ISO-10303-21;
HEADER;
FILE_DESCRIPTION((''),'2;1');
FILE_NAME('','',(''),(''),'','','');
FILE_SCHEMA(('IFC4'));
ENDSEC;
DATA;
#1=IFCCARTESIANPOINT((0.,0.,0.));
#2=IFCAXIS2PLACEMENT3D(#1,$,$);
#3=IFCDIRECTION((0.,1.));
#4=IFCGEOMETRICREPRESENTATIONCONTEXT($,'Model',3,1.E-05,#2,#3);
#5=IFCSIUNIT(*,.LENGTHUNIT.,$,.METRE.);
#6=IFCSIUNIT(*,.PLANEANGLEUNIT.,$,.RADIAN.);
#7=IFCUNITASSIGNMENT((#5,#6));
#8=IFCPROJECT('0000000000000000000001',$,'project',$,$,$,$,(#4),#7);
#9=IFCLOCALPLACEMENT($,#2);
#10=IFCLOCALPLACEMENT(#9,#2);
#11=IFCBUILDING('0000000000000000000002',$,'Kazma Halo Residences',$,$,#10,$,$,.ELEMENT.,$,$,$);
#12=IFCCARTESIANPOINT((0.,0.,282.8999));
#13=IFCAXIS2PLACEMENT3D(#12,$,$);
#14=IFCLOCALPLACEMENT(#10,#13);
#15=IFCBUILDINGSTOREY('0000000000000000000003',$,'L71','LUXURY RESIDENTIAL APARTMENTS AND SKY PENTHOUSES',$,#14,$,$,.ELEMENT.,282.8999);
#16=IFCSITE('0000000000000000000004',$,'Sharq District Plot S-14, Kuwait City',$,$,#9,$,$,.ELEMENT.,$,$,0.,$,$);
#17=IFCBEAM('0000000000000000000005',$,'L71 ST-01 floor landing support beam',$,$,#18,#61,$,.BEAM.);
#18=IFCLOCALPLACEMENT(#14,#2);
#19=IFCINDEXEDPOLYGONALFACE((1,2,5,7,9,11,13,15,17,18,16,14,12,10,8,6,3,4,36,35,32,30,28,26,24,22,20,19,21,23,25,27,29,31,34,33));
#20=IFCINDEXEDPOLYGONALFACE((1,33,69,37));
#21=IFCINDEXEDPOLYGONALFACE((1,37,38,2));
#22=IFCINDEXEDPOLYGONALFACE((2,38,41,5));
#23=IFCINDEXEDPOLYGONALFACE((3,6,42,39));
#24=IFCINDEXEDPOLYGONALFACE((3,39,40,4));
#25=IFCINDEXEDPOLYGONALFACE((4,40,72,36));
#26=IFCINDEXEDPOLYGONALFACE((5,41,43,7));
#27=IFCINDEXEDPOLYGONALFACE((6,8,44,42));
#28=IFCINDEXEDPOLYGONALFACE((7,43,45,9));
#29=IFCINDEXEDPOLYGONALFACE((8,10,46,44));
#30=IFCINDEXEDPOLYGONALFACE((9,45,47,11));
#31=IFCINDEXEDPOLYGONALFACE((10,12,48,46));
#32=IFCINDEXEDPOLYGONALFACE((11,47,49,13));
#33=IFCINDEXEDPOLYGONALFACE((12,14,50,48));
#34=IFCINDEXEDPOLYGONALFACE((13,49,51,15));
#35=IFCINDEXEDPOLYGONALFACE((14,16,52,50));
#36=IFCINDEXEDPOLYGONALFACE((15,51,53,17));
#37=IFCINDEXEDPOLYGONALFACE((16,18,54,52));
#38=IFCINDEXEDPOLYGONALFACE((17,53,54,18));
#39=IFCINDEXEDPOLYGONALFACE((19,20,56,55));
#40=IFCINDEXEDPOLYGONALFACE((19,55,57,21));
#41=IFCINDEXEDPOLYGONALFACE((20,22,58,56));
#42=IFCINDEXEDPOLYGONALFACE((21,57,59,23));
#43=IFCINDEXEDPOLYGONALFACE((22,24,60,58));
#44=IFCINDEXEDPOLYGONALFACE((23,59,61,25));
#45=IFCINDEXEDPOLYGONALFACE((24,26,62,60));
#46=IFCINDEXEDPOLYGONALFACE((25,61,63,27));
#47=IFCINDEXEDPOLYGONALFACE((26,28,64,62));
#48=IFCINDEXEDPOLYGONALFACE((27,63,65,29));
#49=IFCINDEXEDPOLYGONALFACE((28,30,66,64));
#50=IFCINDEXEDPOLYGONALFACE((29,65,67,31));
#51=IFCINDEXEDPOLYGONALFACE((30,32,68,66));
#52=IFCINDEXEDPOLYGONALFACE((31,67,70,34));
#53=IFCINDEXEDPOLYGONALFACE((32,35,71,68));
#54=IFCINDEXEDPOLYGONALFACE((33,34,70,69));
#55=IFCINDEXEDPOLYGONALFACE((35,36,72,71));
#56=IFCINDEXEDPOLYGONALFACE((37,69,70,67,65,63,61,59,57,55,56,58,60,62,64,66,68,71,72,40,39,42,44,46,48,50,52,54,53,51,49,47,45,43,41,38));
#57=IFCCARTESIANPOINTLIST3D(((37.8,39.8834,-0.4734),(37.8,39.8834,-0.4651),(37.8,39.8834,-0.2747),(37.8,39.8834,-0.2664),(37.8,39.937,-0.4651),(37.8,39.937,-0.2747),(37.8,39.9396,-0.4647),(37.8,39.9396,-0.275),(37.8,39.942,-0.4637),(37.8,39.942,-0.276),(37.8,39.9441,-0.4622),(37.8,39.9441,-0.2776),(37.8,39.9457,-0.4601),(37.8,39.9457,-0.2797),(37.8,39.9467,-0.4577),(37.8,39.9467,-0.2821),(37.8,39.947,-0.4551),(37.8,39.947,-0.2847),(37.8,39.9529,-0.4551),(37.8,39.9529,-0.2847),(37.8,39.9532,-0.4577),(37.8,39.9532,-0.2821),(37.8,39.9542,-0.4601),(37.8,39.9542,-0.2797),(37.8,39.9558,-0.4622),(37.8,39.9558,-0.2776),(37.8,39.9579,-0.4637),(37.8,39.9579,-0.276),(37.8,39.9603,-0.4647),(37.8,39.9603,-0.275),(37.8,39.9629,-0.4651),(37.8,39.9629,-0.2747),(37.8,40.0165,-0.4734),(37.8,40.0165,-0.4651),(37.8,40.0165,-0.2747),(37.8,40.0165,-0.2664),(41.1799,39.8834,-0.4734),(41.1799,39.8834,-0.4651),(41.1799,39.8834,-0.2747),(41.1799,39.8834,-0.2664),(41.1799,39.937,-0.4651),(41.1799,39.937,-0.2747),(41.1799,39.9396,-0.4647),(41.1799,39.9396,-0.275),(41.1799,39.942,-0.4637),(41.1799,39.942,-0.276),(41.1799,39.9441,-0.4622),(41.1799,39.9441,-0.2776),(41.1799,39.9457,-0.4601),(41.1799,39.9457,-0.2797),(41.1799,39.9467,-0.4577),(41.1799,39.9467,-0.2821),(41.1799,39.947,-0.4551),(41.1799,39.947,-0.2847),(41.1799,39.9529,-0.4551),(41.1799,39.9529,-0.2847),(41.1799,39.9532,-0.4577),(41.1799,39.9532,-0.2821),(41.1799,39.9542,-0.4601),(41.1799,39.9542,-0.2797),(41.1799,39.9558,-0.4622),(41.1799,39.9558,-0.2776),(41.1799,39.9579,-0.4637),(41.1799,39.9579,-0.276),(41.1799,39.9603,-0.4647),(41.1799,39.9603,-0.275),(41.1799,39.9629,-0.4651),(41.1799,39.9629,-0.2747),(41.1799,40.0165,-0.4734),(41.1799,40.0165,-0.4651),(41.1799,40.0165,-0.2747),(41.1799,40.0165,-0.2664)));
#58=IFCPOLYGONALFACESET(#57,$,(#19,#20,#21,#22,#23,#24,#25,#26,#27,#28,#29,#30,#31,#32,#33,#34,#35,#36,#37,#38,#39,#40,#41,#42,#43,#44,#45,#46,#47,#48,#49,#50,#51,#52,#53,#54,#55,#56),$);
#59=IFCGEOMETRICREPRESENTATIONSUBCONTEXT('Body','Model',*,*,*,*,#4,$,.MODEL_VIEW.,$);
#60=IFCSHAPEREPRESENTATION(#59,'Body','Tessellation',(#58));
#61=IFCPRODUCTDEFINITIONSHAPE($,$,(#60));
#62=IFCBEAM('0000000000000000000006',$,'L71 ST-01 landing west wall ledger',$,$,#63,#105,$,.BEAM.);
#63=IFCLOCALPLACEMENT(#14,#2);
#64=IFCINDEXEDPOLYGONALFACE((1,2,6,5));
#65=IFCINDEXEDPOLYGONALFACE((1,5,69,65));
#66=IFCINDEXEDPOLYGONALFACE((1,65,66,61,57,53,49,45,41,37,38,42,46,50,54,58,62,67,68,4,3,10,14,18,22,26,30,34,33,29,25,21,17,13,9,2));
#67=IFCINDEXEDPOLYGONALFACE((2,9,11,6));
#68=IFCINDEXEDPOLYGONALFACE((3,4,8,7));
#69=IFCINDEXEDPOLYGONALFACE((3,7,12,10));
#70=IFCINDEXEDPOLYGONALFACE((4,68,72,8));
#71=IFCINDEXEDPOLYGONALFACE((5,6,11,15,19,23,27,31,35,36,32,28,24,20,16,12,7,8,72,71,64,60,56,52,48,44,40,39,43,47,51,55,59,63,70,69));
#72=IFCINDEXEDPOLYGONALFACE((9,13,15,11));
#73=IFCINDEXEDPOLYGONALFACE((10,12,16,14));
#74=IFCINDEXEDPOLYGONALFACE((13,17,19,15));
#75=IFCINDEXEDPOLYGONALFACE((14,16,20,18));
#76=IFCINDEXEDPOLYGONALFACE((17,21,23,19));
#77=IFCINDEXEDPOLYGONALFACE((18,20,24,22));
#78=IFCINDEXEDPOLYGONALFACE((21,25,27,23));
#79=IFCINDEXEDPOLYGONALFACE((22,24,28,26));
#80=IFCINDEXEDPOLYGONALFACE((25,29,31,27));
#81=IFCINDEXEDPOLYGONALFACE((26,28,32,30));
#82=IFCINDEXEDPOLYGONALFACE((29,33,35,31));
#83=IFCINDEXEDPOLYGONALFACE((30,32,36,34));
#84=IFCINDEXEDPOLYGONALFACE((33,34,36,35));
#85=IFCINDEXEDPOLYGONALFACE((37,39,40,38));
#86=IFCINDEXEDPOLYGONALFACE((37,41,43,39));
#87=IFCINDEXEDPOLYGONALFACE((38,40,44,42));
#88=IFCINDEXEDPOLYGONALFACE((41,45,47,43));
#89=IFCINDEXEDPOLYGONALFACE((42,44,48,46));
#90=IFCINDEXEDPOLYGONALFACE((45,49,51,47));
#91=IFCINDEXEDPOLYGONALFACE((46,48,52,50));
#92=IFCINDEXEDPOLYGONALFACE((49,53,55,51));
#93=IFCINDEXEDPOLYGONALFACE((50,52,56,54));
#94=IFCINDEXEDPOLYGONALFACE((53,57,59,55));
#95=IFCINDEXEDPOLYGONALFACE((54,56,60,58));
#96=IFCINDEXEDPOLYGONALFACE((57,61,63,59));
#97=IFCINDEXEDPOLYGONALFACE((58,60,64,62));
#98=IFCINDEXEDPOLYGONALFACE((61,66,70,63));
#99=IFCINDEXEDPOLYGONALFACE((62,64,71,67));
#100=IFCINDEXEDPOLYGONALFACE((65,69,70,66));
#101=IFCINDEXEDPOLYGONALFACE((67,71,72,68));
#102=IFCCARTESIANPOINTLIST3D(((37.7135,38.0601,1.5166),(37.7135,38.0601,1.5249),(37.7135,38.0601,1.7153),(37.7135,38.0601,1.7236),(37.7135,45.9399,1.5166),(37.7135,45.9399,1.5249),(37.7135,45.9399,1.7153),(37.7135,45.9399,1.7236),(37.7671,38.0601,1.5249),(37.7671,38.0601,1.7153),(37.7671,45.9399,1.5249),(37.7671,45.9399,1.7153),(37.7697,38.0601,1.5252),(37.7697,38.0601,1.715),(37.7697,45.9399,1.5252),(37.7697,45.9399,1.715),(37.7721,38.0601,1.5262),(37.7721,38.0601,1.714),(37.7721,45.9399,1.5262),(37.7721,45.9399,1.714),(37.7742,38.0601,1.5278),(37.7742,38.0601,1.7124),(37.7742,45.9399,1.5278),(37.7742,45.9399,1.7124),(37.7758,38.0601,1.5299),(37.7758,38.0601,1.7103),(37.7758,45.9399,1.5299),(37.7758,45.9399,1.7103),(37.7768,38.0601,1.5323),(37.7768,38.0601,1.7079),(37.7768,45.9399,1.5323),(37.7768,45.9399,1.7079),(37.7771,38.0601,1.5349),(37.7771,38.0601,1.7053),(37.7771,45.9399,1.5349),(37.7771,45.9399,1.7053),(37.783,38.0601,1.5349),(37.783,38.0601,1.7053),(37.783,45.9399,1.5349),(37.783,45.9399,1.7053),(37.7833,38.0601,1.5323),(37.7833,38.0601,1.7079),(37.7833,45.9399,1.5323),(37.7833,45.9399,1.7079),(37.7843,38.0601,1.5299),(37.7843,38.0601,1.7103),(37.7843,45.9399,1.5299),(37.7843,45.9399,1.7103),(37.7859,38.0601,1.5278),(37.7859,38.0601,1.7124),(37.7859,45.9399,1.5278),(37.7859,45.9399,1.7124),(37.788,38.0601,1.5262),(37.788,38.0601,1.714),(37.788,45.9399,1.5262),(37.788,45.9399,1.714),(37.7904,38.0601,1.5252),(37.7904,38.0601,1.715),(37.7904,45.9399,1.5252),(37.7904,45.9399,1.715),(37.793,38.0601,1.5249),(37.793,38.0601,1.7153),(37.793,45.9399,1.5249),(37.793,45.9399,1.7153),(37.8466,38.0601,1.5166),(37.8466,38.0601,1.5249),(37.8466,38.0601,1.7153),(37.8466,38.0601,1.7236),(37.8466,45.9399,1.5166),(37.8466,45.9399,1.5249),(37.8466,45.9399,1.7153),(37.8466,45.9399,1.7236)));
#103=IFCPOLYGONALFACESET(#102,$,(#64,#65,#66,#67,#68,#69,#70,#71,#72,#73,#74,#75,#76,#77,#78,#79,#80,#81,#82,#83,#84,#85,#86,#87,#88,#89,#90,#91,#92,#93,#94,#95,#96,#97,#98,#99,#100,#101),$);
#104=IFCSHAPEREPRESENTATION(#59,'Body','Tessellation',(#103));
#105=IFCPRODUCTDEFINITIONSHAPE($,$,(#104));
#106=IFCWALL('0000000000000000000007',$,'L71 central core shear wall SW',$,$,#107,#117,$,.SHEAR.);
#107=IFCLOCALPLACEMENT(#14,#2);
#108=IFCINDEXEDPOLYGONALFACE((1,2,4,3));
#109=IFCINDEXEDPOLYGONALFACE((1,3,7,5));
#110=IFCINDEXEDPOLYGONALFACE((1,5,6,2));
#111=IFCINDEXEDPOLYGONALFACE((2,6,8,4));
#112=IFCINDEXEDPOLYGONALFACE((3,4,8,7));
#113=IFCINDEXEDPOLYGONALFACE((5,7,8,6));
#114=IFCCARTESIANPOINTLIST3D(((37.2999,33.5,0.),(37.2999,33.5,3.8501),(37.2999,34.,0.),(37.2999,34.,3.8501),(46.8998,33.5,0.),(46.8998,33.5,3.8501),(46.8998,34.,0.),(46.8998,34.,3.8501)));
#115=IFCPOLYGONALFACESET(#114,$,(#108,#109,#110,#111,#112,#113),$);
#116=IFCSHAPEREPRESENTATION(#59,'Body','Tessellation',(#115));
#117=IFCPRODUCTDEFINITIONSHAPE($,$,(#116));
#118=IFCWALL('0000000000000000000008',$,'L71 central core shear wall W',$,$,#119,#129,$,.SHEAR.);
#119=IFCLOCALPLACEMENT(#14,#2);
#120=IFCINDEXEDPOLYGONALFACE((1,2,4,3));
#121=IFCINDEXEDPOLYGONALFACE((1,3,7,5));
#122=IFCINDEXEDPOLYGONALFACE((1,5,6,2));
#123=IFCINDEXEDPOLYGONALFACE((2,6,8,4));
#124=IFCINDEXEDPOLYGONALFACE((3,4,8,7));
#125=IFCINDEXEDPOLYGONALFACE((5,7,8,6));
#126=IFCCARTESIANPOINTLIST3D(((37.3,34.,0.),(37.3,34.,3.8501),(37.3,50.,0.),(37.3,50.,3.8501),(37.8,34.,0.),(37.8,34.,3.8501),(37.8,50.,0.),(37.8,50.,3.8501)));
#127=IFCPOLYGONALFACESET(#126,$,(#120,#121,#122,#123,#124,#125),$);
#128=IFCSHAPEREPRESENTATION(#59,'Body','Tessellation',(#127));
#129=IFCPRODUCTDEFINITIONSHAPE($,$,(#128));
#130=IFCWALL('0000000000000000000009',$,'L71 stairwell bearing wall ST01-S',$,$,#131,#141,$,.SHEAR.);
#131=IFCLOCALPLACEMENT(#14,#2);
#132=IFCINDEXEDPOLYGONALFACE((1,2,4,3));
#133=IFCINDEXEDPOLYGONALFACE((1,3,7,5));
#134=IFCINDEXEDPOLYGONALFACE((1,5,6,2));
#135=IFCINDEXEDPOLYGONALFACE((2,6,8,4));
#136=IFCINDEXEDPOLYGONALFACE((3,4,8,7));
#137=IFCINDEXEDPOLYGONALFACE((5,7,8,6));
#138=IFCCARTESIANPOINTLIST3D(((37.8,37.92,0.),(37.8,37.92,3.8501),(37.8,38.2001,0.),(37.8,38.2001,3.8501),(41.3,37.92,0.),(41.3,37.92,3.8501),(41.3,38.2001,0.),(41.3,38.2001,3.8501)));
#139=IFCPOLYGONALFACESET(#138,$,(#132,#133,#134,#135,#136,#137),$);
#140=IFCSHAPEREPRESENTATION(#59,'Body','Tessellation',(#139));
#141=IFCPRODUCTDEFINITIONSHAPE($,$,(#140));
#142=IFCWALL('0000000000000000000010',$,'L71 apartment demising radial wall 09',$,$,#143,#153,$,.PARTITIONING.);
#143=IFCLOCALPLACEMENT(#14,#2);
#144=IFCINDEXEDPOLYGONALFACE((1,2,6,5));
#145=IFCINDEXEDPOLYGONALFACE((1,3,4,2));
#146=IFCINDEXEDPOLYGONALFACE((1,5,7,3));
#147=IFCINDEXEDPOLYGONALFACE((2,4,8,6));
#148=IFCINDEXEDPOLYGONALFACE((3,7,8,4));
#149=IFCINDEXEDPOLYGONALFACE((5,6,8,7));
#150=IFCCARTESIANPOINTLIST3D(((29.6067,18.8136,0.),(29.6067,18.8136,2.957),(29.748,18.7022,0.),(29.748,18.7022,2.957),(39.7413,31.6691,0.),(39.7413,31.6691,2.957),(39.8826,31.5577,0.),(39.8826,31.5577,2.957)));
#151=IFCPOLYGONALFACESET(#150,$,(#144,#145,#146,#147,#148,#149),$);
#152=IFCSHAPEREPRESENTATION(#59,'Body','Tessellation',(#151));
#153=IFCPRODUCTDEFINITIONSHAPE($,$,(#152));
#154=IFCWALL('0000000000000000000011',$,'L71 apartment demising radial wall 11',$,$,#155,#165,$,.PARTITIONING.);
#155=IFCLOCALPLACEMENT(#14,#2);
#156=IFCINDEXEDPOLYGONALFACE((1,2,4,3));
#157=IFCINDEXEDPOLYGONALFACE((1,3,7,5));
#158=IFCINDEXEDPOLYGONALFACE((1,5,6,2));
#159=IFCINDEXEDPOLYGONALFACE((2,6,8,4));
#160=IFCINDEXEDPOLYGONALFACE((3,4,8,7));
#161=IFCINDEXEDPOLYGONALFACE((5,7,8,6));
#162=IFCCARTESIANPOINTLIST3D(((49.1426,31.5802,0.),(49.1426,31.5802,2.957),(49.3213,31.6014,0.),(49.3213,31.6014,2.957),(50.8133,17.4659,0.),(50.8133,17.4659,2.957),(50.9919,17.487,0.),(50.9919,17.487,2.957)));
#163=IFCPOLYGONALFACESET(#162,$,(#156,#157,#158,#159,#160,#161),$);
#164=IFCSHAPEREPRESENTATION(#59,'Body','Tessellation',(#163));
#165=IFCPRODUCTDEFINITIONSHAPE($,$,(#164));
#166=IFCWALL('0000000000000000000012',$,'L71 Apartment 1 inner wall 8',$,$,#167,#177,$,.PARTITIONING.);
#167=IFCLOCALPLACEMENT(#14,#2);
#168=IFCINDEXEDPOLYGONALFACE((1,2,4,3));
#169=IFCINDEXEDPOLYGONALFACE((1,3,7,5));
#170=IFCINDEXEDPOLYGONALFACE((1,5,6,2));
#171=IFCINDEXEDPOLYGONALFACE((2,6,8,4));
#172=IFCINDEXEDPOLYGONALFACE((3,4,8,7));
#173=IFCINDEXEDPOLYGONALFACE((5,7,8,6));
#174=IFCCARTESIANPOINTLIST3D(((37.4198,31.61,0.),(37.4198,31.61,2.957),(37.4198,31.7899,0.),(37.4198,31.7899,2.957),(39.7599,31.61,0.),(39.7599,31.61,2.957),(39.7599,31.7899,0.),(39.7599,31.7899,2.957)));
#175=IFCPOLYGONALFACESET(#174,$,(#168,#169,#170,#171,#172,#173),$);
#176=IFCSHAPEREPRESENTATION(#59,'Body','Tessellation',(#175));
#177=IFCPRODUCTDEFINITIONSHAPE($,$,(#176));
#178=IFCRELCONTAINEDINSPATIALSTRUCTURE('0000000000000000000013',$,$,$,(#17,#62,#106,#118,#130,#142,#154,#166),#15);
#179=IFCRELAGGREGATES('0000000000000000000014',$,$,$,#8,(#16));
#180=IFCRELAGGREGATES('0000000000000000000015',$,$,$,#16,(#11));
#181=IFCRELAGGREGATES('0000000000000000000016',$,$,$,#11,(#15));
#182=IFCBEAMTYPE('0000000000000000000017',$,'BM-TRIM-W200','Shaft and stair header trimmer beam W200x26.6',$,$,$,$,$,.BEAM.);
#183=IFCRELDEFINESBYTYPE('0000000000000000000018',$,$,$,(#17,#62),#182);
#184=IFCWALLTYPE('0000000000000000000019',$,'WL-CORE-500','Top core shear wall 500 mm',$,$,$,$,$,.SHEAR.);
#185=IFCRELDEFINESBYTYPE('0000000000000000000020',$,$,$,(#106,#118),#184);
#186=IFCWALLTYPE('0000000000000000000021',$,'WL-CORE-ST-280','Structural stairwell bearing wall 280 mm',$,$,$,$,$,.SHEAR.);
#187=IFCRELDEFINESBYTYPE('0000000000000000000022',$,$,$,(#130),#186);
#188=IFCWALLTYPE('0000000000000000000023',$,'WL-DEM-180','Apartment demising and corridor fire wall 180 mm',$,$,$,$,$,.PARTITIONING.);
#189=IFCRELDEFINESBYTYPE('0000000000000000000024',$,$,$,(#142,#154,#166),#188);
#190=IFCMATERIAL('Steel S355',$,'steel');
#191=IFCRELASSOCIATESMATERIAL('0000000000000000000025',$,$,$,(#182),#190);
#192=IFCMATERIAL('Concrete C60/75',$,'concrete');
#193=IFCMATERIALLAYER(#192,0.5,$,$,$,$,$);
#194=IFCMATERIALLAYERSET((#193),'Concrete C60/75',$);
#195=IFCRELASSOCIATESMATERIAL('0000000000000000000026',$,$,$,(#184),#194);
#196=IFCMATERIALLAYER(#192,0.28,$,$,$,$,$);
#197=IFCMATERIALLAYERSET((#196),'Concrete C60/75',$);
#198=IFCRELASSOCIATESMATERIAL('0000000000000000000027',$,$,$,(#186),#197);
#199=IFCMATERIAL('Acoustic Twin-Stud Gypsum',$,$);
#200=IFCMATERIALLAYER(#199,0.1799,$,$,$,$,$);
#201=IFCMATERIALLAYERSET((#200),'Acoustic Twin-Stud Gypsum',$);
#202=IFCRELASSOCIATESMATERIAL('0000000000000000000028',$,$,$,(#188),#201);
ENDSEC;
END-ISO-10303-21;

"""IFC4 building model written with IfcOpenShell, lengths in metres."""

from ifc_helpers import new_model, si_unit, direction, frame, frame_2d, origin, origin_2d, place, context, subcontext, project, spatial, rectangle, i_section, extrude, material, layer, layer_set, material_profile, profile_set, type_object, element, save


model = new_model("IFC4")

# Units and contexts
model_context = context("Model", 3, precision=1e-05, world=origin(), true_north=direction((0.0, 1.0)))
body_context = subcontext(model_context, "Body", "Model", "MODEL_VIEW")
ifc_project = project(units=[si_unit("LENGTHUNIT", "METRE"), si_unit("PLANEANGLEUNIT", "RADIAN")], contexts=[model_context])

# Site, building, storey
site_placement = place(None, origin())
site = spatial("IfcSite", under=ifc_project, at=site_placement, Name="Sharq District Plot S-14, Kuwait City", CompositionType="ELEMENT", RefElevation=0.0)
building_placement = place(site_placement, origin())
building = spatial("IfcBuilding", under=site, at=building_placement, Name="Kazma Halo Residences", CompositionType="ELEMENT")
storey_placement = place(building_placement, frame((0.0, 0.0, 282.8999)))
storey = spatial("IfcBuildingStorey", under=building, at=storey_placement, Name="L71", Description="LUXURY RESIDENTIAL APARTMENTS AND SKY PENTHOUSES", CompositionType="ELEMENT", Elevation=282.8999)

# Beams
ifc_material_1 = material(Name="Steel S355", Category="steel")
ifc_material_profile_1 = material_profile(ifc_material_1, i_section(OverallWidth=0.1331, OverallDepth=0.207, WebThickness=0.0059, FlangeThickness=0.0083, FilletRadius=0.01, at=origin_2d()), Name="W200x26.6")
ifc_profile_set_1 = profile_set([ifc_material_profile_1], Name="Steel S355")
beam_type_1 = type_object("IfcBeamType", Name="BM-TRIM-W200", Description="Shaft and stair header trimmer beam W200x26.6", PredefinedType="BEAM", material=ifc_profile_set_1)
beam_1_placement = place(storey_placement, frame((37.8, 39.95, -0.3699), z_axis=(1.0, 0.0, 0.0), x_axis=(0.0, 1.0, 0.0)))
element("IfcBeam", 1, at=beam_1_placement, inside=storey, type_object=beam_type_1, Name="L71 ST-01 floor landing support beam", PredefinedType="BEAM", context=body_context, shape_type="SweptSolid", body=[
    extrude(i_section(OverallWidth=0.1331, OverallDepth=0.207, WebThickness=0.0059, FlangeThickness=0.0083, FilletRadius=0.01, at=origin_2d()), origin(), (0.0, 0.0, 1.0), 3.3799),
])
beam_2_placement = place(storey_placement, frame((37.78, 38.0601, 1.6201), z_axis=(0.0, 1.0, 0.0), x_axis=(-1.0, 0.0, 0.0)))
element("IfcBeam", 2, at=beam_2_placement, inside=storey, type_object=beam_type_1, Name="L71 ST-01 landing west wall ledger", PredefinedType="BEAM", context=body_context, shape_type="SweptSolid", body=[
    extrude(i_section(OverallWidth=0.1331, OverallDepth=0.207, WebThickness=0.0059, FlangeThickness=0.0083, FilletRadius=0.01, at=origin_2d()), origin(), (0.0, 0.0, 1.0), 7.8799),
])

# Walls
ifc_material_2 = material(Name="Concrete C60/75", Category="concrete")
ifc_layer_1 = layer(ifc_material_2, 0.5)
ifc_layer_set_1 = layer_set([ifc_layer_1], Name="Concrete C60/75")
wall_type_1 = type_object("IfcWallType", Name="WL-CORE-500", Description="Top core shear wall 500 mm", PredefinedType="SHEAR", material=ifc_layer_set_1)
wall_1_placement = place(storey_placement, frame((37.3, 33.75, 0.0), z_axis=(0.0, 0.0, 1.0), x_axis=(1.0, 0.0, 0.0)))
element("IfcWall", 3, at=wall_1_placement, inside=storey, type_object=wall_type_1, Name="L71 central core shear wall SW", PredefinedType="SHEAR", context=body_context, shape_type="SweptSolid", body=[
    extrude(rectangle(XDim=9.5999, YDim=0.5, at=frame_2d((4.7998, 0.0))), origin(), (0.0, 0.0, 1.0), 3.8501),
])
wall_2_placement = place(storey_placement, frame((37.55, 34.0, 0.0), z_axis=(0.0, 0.0, 1.0), x_axis=(0.0, 1.0, 0.0)))
element("IfcWall", 4, at=wall_2_placement, inside=storey, type_object=wall_type_1, Name="L71 central core shear wall W", PredefinedType="SHEAR", context=body_context, shape_type="SweptSolid", body=[
    extrude(rectangle(XDim=16.0, YDim=0.5, at=frame_2d((8.0, 0.0))), origin(), (0.0, 0.0, 1.0), 3.8501),
])
ifc_layer_2 = layer(ifc_material_2, 0.28)
ifc_layer_set_2 = layer_set([ifc_layer_2], Name="Concrete C60/75")
wall_type_2 = type_object("IfcWallType", Name="WL-CORE-ST-280", Description="Structural stairwell bearing wall 280 mm", PredefinedType="SHEAR", material=ifc_layer_set_2)
wall_3_placement = place(storey_placement, frame((37.8, 38.0601, 0.0), z_axis=(0.0, 0.0, 1.0), x_axis=(1.0, 0.0, 0.0)))
element("IfcWall", 5, at=wall_3_placement, inside=storey, type_object=wall_type_2, Name="L71 stairwell bearing wall ST01-S", PredefinedType="SHEAR", context=body_context, shape_type="SweptSolid", body=[
    extrude(rectangle(XDim=3.5, YDim=0.28, at=frame_2d((1.75, 0.0))), origin(), (0.0, 0.0, 1.0), 3.8501),
])
ifc_material_3 = material(Name="Acoustic Twin-Stud Gypsum")
ifc_layer_3 = layer(ifc_material_3, 0.1799)
ifc_layer_set_3 = layer_set([ifc_layer_3], Name="Acoustic Twin-Stud Gypsum")
wall_type_3 = type_object("IfcWallType", Name="WL-DEM-180", Description="Apartment demising and corridor fire wall 180 mm", PredefinedType="PARTITIONING", material=ifc_layer_set_3)
wall_4_placement = place(storey_placement, frame((39.812, 31.6135, 0.0), z_axis=(0.0, 0.0, 1.0), x_axis=(-0.619097, -0.785314, 0.0)))
element("IfcWall", 6, at=wall_4_placement, inside=storey, type_object=wall_type_3, Name="L71 apartment demising radial wall 09", PredefinedType="PARTITIONING", context=body_context, shape_type="SweptSolid", body=[
    extrude(rectangle(XDim=16.3699, YDim=0.1799, at=frame_2d((8.1851, 0.0))), origin(), (0.0, 0.0, 1.0), 2.957),
])
wall_5_placement = place(storey_placement, frame((49.2319, 31.5908, 0.0), z_axis=(0.0, 0.0, 1.0), x_axis=(0.117546, -0.993067, 0.0)))
element("IfcWall", 7, at=wall_5_placement, inside=storey, type_object=wall_type_3, Name="L71 apartment demising radial wall 11", PredefinedType="PARTITIONING", context=body_context, shape_type="SweptSolid", body=[
    extrude(rectangle(XDim=14.2129, YDim=0.1799, at=frame_2d((7.1064, 0.0))), origin(), (0.0, 0.0, 1.0), 2.957),
])
wall_6_placement = place(storey_placement, frame((37.4199, 31.7, 0.0), z_axis=(0.0, 0.0, 1.0), x_axis=(1.0, 0.0, 0.0)))
element("IfcWall", 8, at=wall_6_placement, inside=storey, type_object=wall_type_3, Name="L71 Apartment 1 inner wall 8", PredefinedType="PARTITIONING", context=body_context, shape_type="SweptSolid", body=[
    extrude(rectangle(XDim=2.3401, YDim=0.1799, at=frame_2d((1.1699, 0.0))), origin(), (0.0, 0.0, 1.0), 2.957),
])

save(model, "model.ifc")
